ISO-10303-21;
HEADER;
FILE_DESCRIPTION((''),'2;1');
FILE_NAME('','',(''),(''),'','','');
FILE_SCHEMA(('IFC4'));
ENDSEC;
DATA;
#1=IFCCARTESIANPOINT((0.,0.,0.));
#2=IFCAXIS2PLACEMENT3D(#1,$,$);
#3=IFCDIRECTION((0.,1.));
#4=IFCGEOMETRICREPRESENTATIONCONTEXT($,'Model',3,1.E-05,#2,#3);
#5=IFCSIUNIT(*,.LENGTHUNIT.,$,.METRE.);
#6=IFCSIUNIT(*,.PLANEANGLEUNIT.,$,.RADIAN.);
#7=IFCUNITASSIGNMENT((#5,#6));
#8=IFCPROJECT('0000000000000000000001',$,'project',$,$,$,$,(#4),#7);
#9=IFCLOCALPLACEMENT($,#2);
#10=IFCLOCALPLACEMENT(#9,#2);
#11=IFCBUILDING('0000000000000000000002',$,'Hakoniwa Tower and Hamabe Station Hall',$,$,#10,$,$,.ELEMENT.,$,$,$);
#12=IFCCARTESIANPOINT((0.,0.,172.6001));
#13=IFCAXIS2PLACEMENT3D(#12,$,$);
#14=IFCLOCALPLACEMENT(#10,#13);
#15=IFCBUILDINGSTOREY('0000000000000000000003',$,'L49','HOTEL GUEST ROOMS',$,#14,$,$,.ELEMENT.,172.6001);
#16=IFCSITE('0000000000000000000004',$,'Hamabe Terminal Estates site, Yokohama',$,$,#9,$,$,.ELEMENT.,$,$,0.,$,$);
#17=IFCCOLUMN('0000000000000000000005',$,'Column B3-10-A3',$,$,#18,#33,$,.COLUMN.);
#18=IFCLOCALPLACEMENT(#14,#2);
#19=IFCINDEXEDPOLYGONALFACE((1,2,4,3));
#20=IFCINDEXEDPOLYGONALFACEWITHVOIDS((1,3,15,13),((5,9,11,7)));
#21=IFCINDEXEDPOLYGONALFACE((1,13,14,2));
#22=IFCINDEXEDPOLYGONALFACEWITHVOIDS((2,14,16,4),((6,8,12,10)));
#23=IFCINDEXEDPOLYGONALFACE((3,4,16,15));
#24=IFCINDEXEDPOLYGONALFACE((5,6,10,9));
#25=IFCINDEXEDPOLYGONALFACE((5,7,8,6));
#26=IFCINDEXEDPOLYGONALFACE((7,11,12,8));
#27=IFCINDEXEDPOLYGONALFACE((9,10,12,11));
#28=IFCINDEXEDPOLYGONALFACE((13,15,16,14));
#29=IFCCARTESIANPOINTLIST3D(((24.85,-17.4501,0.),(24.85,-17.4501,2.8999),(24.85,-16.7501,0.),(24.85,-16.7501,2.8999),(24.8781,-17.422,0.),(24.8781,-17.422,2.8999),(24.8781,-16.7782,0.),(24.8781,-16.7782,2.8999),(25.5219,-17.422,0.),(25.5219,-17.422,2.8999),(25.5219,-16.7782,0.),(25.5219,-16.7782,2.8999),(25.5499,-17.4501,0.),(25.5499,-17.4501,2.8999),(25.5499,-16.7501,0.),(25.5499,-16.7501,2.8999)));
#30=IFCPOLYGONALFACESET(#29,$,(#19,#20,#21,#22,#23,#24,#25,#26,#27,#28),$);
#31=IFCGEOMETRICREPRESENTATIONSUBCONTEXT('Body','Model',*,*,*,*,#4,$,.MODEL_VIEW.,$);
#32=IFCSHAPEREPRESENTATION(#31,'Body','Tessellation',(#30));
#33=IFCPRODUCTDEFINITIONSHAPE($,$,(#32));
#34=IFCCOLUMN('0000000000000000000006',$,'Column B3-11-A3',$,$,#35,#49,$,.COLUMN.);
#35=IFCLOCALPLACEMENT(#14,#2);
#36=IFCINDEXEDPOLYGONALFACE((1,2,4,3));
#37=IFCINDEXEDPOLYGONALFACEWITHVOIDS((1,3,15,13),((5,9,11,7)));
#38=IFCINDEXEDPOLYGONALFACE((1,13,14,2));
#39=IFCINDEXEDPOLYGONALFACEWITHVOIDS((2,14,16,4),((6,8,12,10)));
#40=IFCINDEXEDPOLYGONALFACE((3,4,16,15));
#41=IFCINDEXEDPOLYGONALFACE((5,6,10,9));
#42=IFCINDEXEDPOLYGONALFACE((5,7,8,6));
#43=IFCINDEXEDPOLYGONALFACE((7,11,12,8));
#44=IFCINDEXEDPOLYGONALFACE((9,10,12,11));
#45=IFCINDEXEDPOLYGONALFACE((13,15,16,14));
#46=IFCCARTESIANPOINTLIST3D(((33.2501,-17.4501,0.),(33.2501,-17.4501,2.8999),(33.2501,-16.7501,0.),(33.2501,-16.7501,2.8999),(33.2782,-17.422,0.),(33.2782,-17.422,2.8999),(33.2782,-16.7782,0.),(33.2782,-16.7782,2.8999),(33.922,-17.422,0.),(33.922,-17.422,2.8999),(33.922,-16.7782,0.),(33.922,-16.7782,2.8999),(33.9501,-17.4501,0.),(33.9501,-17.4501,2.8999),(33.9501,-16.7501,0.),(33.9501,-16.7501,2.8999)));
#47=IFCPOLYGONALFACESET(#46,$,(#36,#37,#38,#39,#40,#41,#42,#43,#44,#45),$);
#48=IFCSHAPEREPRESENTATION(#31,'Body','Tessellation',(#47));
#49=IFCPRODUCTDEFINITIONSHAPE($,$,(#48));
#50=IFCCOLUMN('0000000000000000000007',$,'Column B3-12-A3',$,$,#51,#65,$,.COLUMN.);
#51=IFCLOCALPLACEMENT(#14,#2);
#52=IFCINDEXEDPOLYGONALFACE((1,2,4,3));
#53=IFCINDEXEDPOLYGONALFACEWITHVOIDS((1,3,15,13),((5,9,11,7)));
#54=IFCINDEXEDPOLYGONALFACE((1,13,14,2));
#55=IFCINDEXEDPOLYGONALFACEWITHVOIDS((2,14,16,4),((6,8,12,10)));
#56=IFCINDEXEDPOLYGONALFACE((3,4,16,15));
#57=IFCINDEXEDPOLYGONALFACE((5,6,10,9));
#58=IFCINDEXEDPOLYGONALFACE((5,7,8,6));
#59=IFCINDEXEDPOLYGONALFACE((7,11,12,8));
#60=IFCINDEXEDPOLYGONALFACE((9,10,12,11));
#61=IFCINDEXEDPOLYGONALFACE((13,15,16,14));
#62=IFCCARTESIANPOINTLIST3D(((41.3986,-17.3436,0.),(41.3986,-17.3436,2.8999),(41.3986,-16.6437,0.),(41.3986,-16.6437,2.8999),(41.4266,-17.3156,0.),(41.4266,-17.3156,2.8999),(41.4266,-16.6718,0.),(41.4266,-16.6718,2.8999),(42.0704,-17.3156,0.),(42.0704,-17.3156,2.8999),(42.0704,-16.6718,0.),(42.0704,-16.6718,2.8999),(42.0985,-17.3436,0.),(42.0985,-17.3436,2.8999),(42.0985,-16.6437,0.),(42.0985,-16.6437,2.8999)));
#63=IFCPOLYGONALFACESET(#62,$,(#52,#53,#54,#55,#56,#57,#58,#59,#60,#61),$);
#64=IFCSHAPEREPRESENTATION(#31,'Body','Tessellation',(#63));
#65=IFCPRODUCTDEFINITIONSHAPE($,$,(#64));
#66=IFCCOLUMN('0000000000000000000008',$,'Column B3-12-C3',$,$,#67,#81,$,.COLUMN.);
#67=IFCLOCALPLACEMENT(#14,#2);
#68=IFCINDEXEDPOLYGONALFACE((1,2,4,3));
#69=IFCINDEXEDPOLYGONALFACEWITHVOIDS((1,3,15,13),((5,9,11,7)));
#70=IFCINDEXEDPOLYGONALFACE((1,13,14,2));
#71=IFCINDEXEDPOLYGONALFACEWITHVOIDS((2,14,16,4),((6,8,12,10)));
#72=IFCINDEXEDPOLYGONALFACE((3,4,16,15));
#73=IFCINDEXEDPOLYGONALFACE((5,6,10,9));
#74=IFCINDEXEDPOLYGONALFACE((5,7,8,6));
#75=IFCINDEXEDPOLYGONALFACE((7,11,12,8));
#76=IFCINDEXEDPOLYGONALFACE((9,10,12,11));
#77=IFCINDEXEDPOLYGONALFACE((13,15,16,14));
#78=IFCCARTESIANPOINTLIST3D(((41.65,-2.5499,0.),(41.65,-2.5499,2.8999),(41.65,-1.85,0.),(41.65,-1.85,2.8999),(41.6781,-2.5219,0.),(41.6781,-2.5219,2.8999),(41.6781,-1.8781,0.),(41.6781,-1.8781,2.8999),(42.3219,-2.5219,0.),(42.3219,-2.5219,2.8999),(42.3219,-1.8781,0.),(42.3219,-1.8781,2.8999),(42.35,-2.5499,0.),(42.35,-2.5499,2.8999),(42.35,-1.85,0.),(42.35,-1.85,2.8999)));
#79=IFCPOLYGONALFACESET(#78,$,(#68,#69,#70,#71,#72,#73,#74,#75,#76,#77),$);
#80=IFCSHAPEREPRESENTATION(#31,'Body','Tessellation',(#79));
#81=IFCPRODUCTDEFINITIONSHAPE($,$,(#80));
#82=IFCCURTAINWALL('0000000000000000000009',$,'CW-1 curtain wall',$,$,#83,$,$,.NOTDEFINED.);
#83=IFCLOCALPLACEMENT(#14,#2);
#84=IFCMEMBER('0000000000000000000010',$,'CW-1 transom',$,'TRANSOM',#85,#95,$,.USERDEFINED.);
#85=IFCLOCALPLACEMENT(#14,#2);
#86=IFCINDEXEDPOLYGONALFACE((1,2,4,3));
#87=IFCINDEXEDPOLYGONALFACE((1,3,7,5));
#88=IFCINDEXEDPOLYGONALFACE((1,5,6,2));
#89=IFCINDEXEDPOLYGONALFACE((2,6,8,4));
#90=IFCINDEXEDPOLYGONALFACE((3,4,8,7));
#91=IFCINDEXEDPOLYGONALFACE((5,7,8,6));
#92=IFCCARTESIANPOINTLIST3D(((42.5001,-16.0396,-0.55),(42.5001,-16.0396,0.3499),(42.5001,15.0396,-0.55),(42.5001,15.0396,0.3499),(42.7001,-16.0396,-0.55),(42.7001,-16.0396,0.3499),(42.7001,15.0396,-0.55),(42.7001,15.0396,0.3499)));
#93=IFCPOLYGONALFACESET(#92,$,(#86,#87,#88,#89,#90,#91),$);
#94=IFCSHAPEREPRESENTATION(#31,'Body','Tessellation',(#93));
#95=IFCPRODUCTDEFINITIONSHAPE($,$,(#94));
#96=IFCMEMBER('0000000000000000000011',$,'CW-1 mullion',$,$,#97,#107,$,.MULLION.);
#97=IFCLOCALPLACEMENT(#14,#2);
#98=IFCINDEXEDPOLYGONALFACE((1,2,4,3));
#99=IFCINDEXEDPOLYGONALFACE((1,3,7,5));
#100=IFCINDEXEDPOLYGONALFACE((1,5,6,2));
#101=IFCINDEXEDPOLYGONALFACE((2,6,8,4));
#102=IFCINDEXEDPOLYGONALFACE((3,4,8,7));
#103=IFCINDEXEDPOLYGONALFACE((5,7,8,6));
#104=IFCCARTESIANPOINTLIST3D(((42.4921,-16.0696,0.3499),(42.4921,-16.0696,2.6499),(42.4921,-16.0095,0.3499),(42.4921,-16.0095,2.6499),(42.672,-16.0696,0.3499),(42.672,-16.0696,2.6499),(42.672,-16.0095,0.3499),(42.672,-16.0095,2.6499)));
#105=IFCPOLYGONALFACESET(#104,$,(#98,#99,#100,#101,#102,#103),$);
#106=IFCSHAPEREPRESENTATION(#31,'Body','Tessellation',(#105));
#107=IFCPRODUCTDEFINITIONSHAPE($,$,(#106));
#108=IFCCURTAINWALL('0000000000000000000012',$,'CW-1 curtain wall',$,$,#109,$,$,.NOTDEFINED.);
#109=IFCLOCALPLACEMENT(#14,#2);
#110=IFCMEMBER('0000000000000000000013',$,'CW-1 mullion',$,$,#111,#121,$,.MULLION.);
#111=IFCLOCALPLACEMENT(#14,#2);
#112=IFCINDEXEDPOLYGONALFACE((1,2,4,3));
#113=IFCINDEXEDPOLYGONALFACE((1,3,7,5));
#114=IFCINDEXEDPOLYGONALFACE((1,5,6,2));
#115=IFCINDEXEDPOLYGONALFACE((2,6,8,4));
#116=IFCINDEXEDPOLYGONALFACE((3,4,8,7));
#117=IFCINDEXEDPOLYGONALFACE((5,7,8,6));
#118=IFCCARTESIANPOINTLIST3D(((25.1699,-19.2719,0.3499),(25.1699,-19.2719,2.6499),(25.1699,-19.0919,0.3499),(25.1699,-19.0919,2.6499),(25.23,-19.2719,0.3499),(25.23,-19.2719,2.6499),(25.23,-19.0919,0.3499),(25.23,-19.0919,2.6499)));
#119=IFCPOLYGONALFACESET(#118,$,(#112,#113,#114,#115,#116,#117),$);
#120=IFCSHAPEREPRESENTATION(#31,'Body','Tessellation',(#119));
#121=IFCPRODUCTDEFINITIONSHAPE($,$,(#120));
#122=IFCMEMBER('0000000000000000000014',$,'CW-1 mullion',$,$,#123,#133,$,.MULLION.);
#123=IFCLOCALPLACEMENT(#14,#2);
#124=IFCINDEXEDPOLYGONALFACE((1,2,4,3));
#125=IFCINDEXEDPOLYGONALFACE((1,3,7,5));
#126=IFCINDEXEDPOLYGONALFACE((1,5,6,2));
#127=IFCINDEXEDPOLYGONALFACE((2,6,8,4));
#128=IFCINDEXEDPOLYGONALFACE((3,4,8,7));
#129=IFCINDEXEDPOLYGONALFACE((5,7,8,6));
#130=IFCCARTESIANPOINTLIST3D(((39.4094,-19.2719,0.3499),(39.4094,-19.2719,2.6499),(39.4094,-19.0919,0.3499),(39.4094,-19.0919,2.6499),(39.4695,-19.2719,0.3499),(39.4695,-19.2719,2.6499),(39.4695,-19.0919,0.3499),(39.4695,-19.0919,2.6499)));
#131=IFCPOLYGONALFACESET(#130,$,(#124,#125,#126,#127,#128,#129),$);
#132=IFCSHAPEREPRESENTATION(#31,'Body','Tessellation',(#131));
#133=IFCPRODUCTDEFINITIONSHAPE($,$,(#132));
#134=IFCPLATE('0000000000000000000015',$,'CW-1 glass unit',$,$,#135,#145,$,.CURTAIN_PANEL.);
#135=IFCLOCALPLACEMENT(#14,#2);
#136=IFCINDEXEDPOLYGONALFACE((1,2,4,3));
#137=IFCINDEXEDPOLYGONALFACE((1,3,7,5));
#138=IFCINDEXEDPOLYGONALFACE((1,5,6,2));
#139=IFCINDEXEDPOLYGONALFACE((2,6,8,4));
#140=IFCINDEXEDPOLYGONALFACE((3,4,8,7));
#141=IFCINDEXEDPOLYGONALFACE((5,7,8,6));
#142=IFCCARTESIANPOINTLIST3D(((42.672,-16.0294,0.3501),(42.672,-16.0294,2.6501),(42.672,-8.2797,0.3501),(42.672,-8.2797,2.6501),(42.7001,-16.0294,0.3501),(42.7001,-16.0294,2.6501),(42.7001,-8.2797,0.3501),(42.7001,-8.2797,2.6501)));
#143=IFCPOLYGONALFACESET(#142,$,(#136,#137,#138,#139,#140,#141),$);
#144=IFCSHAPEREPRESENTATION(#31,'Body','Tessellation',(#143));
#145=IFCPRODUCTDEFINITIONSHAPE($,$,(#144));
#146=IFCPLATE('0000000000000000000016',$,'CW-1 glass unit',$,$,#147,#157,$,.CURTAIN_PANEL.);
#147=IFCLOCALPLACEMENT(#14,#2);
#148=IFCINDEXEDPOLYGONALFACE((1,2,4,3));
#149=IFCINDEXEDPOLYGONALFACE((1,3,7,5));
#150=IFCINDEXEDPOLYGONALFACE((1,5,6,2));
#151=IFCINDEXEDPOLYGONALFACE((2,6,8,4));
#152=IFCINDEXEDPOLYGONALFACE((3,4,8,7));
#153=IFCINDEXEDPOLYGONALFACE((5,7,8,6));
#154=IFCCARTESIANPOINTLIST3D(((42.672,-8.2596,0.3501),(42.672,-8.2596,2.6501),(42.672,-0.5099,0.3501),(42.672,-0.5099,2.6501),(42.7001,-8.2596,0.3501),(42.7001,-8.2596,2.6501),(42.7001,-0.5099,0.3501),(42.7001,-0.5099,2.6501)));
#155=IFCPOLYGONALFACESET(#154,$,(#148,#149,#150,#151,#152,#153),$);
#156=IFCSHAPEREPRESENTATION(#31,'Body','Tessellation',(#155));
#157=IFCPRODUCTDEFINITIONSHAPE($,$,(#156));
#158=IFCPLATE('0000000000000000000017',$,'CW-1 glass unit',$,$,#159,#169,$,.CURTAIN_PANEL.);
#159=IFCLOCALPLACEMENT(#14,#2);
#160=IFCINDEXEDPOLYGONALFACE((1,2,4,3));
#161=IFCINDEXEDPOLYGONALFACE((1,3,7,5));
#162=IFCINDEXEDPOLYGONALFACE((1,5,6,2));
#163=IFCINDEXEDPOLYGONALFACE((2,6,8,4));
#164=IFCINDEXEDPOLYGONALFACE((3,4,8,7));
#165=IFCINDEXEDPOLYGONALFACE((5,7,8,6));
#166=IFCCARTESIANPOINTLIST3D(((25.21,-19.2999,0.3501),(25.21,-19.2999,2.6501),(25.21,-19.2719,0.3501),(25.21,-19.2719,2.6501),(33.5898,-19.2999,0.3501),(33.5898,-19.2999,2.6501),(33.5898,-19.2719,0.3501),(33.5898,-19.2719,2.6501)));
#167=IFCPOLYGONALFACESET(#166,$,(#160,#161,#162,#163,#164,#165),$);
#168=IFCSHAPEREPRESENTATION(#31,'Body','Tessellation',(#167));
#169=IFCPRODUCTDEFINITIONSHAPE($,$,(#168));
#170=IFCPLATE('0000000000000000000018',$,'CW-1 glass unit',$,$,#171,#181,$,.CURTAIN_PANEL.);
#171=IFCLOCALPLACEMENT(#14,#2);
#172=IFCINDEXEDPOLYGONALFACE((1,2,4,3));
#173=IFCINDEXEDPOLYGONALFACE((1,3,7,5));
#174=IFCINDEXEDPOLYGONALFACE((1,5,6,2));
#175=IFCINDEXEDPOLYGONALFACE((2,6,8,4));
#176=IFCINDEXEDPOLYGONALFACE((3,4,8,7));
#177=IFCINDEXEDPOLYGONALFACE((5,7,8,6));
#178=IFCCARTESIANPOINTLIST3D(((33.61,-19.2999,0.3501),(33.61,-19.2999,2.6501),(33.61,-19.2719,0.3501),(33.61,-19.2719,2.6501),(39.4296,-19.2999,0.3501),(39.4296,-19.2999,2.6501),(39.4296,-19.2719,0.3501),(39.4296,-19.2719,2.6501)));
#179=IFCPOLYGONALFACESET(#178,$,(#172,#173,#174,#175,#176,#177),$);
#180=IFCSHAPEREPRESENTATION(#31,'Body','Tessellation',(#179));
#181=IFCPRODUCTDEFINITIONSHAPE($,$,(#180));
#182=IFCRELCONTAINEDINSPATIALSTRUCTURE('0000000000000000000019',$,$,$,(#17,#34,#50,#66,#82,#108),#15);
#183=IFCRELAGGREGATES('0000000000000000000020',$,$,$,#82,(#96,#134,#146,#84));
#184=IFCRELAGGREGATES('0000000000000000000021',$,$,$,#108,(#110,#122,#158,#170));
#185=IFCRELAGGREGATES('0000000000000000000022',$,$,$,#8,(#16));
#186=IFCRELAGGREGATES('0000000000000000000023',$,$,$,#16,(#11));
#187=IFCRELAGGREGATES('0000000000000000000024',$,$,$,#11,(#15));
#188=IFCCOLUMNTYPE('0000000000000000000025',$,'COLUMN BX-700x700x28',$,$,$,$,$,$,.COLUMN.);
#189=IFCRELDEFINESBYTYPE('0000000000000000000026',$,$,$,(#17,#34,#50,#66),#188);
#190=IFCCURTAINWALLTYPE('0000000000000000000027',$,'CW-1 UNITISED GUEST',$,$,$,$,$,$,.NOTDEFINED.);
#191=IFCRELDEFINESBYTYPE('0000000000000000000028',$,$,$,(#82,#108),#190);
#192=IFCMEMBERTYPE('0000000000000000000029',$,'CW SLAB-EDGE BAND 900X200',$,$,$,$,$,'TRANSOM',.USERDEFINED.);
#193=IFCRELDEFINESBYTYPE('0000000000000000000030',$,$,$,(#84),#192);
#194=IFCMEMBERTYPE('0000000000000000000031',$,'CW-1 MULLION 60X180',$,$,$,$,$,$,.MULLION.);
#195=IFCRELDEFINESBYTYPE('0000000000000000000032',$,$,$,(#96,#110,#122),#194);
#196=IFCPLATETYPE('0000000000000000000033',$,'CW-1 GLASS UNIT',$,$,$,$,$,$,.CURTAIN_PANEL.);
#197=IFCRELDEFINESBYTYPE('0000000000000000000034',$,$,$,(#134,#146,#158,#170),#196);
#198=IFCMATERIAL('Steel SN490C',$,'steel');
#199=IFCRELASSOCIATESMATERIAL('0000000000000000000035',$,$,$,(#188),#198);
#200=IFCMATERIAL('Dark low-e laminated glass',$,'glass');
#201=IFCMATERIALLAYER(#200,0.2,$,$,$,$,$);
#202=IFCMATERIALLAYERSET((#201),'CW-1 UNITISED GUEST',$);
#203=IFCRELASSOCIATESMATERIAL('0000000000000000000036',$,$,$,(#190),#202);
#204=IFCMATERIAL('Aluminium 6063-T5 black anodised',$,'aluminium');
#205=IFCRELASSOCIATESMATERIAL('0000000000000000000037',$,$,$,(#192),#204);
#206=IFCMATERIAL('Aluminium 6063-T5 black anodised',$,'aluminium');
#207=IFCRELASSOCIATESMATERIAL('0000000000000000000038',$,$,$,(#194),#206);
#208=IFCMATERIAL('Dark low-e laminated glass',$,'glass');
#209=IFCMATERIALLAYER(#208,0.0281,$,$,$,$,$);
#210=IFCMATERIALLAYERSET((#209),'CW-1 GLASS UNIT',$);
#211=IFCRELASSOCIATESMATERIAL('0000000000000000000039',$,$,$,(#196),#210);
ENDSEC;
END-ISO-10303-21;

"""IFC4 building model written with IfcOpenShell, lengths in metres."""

from ifc_helpers import new_model, si_unit, direction, frame, origin, origin_2d, place, context, subcontext, project, spatial, rectangle, hollow_rectangle, extrude, material, layer, layer_set, material_profile, profile_set, type_object, element, aggregate, save


model = new_model("IFC4")

# Units and contexts
model_context = context("Model", 3, precision=1e-05, world=origin(), true_north=direction((0.0, 1.0)))
body_context = subcontext(model_context, "Body", "Model", "MODEL_VIEW")
ifc_project = project(units=[si_unit("LENGTHUNIT", "METRE"), si_unit("PLANEANGLEUNIT", "RADIAN")], contexts=[model_context])

# Site, building, storey
site_placement = place(None, origin())
site = spatial("IfcSite", under=ifc_project, at=site_placement, Name="Hamabe Terminal Estates site, Yokohama", CompositionType="ELEMENT", RefElevation=0.0)
building_placement = place(site_placement, origin())
building = spatial("IfcBuilding", under=site, at=building_placement, Name="Hakoniwa Tower and Hamabe Station Hall", CompositionType="ELEMENT")
storey_placement = place(building_placement, frame((0.0, 0.0, 172.6001)))
storey = spatial("IfcBuildingStorey", under=building, at=storey_placement, Name="L49", Description="HOTEL GUEST ROOMS", CompositionType="ELEMENT", Elevation=172.6001)

# Columns
ifc_material_1 = material(Name="Steel SN490C", Category="steel")
ifc_material_profile_1 = material_profile(ifc_material_1, hollow_rectangle(XDim=0.7, YDim=0.7, WallThickness=0.0281, at=origin_2d()), Name="BX-700x700x28")
ifc_profile_set_1 = profile_set([ifc_material_profile_1], Name="Steel SN490C")
column_type = type_object("IfcColumnType", Name="COLUMN BX-700x700x28", PredefinedType="COLUMN", material=ifc_profile_set_1)
for number, where, z_axis, x_axis, name in (
    (1, (25.2, -17.1001, 0.0), (0.0, 0.0, 1.0), (1.0, 0.0, 0.0), "Column B3-10-A3"),
    (2, (33.6001, -17.1001, 0.0), (0.0, 0.0, 1.0), (1.0, 0.0, 0.0), "Column B3-11-A3"),
    (3, (41.7485, -16.9937, 0.0), (0.0, 0.0, 1.0), (1.0, 0.0, 0.0), "Column B3-12-A3"),
    (4, (42.0, -2.2, 0.0), (0.0, 0.0, 1.0), (1.0, 0.0, 0.0), "Column B3-12-C3"),
):
    element("IfcColumn", number, at=place(storey_placement, frame(where, z_axis=z_axis, x_axis=x_axis)), inside=storey, type_object=column_type, Name=name, PredefinedType="COLUMN", context=body_context, shape_type="SweptSolid", body=[
        extrude(hollow_rectangle(XDim=0.7, YDim=0.7, WallThickness=0.0281, at=origin_2d()), origin(), (0.0, 0.0, 1.0), 2.8999),
    ])

# Curtain walls, members
ifc_material_2 = material(Name="Dark low-e laminated glass", Category="glass")
ifc_layer_1 = layer(ifc_material_2, 0.2)
ifc_layer_set_1 = layer_set([ifc_layer_1], Name="CW-1 UNITISED GUEST")
curtain_wall_type = type_object("IfcCurtainWallType", Name="CW-1 UNITISED GUEST", PredefinedType="NOTDEFINED", material=ifc_layer_set_1)
curtain_wall_1_placement = place(storey_placement, origin())
curtain_wall_1 = element("IfcCurtainWall", 5, at=curtain_wall_1_placement, inside=storey, type_object=curtain_wall_type, Name="CW-1 curtain wall", PredefinedType="NOTDEFINED")
ifc_material_3 = material(Name="Aluminium 6063-T5 black anodised", Category="aluminium")
ifc_material_profile_2 = material_profile(ifc_material_3, rectangle(XDim=0.2, YDim=0.8999, at=origin_2d()), Name="CW SLAB-EDGE BAND 900X200")
ifc_profile_set_2 = profile_set([ifc_material_profile_2], Name="Aluminium 6063-T5 black anodised")
member_type_1 = type_object("IfcMemberType", Name="CW SLAB-EDGE BAND 900X200", ElementType="TRANSOM", PredefinedType="USERDEFINED", material=ifc_profile_set_2)
member_1_placement = place(storey_placement, frame((42.6001, -16.0396, -0.1001), z_axis=(0.0, 1.0, 0.0), x_axis=(-1.0, 0.0, 0.0)))
member_1 = element("IfcMember", 6, at=member_1_placement, type_object=member_type_1, Name="CW-1 transom", ObjectType="TRANSOM", PredefinedType="USERDEFINED", context=body_context, shape_type="SweptSolid", body=[
    extrude(rectangle(XDim=0.2, YDim=0.8999, at=origin_2d()), origin(), (0.0, 0.0, 1.0), 31.0791),
])
ifc_material_4 = material(Name="Aluminium 6063-T5 black anodised", Category="aluminium")
ifc_material_profile_3 = material_profile(ifc_material_4, rectangle(XDim=0.0601, YDim=0.1799, at=origin_2d()), Name="CW-1 MULLION 60X180")
ifc_profile_set_3 = profile_set([ifc_material_profile_3], Name="Aluminium 6063-T5 black anodised")
member_type_2 = type_object("IfcMemberType", Name="CW-1 MULLION 60X180", PredefinedType="MULLION", material=ifc_profile_set_3)
member_2_placement = place(storey_placement, frame((42.582, -16.0396, 0.3499), z_axis=(0.0, 0.0, 1.0), x_axis=(0.0, 1.0, 0.0)))
member_2 = element("IfcMember", 7, at=member_2_placement, type_object=member_type_2, Name="CW-1 mullion", PredefinedType="MULLION", context=body_context, shape_type="SweptSolid", body=[
    extrude(rectangle(XDim=0.0601, YDim=0.1799, at=origin_2d()), origin(), (0.0, 0.0, 1.0), 2.3),
])
curtain_wall_2_placement = place(storey_placement, origin())
curtain_wall_2 = element("IfcCurtainWall", 8, at=curtain_wall_2_placement, inside=storey, type_object=curtain_wall_type, Name="CW-1 curtain wall", PredefinedType="NOTDEFINED")
member_3_placement = place(storey_placement, frame((25.2, -19.1819, 0.3499), z_axis=(0.0, 0.0, 1.0), x_axis=(1.0, 0.0, 0.0)))
member_3 = element("IfcMember", 9, at=member_3_placement, type_object=member_type_2, Name="CW-1 mullion", PredefinedType="MULLION", context=body_context, shape_type="SweptSolid", body=[
    extrude(rectangle(XDim=0.0601, YDim=0.1799, at=origin_2d()), origin(), (0.0, 0.0, 1.0), 2.3),
])
member_4_placement = place(storey_placement, frame((39.4395, -19.1819, 0.3499), z_axis=(0.0, 0.0, 1.0), x_axis=(1.0, 0.0, 0.0)))
member_4 = element("IfcMember", 10, at=member_4_placement, type_object=member_type_2, Name="CW-1 mullion", PredefinedType="MULLION", context=body_context, shape_type="SweptSolid", body=[
    extrude(rectangle(XDim=0.0601, YDim=0.1799, at=origin_2d()), origin(), (0.0, 0.0, 1.0), 2.3),
])

# Plates
ifc_material_5 = material(Name="Dark low-e laminated glass", Category="glass")
ifc_layer_2 = layer(ifc_material_5, 0.0281)
ifc_layer_set_2 = layer_set([ifc_layer_2], Name="CW-1 GLASS UNIT")
plate_type = type_object("IfcPlateType", Name="CW-1 GLASS UNIT", PredefinedType="CURTAIN_PANEL", material=ifc_layer_set_2)
plate_1_placement = place(storey_placement, frame((42.686, -12.1545, 0.3501), z_axis=(0.0, 0.0, 1.0), x_axis=(0.0, 1.0, 0.0)))
plate_1 = element("IfcPlate", 11, at=plate_1_placement, type_object=plate_type, Name="CW-1 glass unit", PredefinedType="CURTAIN_PANEL", context=body_context, shape_type="SweptSolid", body=[
    extrude(rectangle(XDim=7.7498, YDim=0.0281, at=origin_2d()), origin(), (0.0, 0.0, 1.0), 2.3),
])
plate_2_placement = place(storey_placement, frame((42.686, -4.3848, 0.3501), z_axis=(0.0, 0.0, 1.0), x_axis=(0.0, 1.0, 0.0)))
plate_2 = element("IfcPlate", 12, at=plate_2_placement, type_object=plate_type, Name="CW-1 glass unit", PredefinedType="CURTAIN_PANEL", context=body_context, shape_type="SweptSolid", body=[
    extrude(rectangle(XDim=7.7498, YDim=0.0281, at=origin_2d()), origin(), (0.0, 0.0, 1.0), 2.3),
])
aggregate(curtain_wall_1, [member_2, plate_1, plate_2, member_1])
plate_3_placement = place(storey_placement, frame((29.3999, -19.2859, 0.3501), z_axis=(0.0, 0.0, 1.0), x_axis=(1.0, 0.0, 0.0)))
plate_3 = element("IfcPlate", 13, at=plate_3_placement, type_object=plate_type, Name="CW-1 glass unit", PredefinedType="CURTAIN_PANEL", context=body_context, shape_type="SweptSolid", body=[
    extrude(rectangle(XDim=8.3799, YDim=0.0281, at=origin_2d()), origin(), (0.0, 0.0, 1.0), 2.3),
])
plate_4_placement = place(storey_placement, frame((36.5198, -19.2859, 0.3501), z_axis=(0.0, 0.0, 1.0), x_axis=(1.0, 0.0, 0.0)))
plate_4 = element("IfcPlate", 14, at=plate_4_placement, type_object=plate_type, Name="CW-1 glass unit", PredefinedType="CURTAIN_PANEL", context=body_context, shape_type="SweptSolid", body=[
    extrude(rectangle(XDim=5.8196, YDim=0.0281, at=origin_2d()), origin(), (0.0, 0.0, 1.0), 2.3),
])
aggregate(curtain_wall_2, [member_3, member_4, plate_3, plate_4])

save(model, "model.ifc")
